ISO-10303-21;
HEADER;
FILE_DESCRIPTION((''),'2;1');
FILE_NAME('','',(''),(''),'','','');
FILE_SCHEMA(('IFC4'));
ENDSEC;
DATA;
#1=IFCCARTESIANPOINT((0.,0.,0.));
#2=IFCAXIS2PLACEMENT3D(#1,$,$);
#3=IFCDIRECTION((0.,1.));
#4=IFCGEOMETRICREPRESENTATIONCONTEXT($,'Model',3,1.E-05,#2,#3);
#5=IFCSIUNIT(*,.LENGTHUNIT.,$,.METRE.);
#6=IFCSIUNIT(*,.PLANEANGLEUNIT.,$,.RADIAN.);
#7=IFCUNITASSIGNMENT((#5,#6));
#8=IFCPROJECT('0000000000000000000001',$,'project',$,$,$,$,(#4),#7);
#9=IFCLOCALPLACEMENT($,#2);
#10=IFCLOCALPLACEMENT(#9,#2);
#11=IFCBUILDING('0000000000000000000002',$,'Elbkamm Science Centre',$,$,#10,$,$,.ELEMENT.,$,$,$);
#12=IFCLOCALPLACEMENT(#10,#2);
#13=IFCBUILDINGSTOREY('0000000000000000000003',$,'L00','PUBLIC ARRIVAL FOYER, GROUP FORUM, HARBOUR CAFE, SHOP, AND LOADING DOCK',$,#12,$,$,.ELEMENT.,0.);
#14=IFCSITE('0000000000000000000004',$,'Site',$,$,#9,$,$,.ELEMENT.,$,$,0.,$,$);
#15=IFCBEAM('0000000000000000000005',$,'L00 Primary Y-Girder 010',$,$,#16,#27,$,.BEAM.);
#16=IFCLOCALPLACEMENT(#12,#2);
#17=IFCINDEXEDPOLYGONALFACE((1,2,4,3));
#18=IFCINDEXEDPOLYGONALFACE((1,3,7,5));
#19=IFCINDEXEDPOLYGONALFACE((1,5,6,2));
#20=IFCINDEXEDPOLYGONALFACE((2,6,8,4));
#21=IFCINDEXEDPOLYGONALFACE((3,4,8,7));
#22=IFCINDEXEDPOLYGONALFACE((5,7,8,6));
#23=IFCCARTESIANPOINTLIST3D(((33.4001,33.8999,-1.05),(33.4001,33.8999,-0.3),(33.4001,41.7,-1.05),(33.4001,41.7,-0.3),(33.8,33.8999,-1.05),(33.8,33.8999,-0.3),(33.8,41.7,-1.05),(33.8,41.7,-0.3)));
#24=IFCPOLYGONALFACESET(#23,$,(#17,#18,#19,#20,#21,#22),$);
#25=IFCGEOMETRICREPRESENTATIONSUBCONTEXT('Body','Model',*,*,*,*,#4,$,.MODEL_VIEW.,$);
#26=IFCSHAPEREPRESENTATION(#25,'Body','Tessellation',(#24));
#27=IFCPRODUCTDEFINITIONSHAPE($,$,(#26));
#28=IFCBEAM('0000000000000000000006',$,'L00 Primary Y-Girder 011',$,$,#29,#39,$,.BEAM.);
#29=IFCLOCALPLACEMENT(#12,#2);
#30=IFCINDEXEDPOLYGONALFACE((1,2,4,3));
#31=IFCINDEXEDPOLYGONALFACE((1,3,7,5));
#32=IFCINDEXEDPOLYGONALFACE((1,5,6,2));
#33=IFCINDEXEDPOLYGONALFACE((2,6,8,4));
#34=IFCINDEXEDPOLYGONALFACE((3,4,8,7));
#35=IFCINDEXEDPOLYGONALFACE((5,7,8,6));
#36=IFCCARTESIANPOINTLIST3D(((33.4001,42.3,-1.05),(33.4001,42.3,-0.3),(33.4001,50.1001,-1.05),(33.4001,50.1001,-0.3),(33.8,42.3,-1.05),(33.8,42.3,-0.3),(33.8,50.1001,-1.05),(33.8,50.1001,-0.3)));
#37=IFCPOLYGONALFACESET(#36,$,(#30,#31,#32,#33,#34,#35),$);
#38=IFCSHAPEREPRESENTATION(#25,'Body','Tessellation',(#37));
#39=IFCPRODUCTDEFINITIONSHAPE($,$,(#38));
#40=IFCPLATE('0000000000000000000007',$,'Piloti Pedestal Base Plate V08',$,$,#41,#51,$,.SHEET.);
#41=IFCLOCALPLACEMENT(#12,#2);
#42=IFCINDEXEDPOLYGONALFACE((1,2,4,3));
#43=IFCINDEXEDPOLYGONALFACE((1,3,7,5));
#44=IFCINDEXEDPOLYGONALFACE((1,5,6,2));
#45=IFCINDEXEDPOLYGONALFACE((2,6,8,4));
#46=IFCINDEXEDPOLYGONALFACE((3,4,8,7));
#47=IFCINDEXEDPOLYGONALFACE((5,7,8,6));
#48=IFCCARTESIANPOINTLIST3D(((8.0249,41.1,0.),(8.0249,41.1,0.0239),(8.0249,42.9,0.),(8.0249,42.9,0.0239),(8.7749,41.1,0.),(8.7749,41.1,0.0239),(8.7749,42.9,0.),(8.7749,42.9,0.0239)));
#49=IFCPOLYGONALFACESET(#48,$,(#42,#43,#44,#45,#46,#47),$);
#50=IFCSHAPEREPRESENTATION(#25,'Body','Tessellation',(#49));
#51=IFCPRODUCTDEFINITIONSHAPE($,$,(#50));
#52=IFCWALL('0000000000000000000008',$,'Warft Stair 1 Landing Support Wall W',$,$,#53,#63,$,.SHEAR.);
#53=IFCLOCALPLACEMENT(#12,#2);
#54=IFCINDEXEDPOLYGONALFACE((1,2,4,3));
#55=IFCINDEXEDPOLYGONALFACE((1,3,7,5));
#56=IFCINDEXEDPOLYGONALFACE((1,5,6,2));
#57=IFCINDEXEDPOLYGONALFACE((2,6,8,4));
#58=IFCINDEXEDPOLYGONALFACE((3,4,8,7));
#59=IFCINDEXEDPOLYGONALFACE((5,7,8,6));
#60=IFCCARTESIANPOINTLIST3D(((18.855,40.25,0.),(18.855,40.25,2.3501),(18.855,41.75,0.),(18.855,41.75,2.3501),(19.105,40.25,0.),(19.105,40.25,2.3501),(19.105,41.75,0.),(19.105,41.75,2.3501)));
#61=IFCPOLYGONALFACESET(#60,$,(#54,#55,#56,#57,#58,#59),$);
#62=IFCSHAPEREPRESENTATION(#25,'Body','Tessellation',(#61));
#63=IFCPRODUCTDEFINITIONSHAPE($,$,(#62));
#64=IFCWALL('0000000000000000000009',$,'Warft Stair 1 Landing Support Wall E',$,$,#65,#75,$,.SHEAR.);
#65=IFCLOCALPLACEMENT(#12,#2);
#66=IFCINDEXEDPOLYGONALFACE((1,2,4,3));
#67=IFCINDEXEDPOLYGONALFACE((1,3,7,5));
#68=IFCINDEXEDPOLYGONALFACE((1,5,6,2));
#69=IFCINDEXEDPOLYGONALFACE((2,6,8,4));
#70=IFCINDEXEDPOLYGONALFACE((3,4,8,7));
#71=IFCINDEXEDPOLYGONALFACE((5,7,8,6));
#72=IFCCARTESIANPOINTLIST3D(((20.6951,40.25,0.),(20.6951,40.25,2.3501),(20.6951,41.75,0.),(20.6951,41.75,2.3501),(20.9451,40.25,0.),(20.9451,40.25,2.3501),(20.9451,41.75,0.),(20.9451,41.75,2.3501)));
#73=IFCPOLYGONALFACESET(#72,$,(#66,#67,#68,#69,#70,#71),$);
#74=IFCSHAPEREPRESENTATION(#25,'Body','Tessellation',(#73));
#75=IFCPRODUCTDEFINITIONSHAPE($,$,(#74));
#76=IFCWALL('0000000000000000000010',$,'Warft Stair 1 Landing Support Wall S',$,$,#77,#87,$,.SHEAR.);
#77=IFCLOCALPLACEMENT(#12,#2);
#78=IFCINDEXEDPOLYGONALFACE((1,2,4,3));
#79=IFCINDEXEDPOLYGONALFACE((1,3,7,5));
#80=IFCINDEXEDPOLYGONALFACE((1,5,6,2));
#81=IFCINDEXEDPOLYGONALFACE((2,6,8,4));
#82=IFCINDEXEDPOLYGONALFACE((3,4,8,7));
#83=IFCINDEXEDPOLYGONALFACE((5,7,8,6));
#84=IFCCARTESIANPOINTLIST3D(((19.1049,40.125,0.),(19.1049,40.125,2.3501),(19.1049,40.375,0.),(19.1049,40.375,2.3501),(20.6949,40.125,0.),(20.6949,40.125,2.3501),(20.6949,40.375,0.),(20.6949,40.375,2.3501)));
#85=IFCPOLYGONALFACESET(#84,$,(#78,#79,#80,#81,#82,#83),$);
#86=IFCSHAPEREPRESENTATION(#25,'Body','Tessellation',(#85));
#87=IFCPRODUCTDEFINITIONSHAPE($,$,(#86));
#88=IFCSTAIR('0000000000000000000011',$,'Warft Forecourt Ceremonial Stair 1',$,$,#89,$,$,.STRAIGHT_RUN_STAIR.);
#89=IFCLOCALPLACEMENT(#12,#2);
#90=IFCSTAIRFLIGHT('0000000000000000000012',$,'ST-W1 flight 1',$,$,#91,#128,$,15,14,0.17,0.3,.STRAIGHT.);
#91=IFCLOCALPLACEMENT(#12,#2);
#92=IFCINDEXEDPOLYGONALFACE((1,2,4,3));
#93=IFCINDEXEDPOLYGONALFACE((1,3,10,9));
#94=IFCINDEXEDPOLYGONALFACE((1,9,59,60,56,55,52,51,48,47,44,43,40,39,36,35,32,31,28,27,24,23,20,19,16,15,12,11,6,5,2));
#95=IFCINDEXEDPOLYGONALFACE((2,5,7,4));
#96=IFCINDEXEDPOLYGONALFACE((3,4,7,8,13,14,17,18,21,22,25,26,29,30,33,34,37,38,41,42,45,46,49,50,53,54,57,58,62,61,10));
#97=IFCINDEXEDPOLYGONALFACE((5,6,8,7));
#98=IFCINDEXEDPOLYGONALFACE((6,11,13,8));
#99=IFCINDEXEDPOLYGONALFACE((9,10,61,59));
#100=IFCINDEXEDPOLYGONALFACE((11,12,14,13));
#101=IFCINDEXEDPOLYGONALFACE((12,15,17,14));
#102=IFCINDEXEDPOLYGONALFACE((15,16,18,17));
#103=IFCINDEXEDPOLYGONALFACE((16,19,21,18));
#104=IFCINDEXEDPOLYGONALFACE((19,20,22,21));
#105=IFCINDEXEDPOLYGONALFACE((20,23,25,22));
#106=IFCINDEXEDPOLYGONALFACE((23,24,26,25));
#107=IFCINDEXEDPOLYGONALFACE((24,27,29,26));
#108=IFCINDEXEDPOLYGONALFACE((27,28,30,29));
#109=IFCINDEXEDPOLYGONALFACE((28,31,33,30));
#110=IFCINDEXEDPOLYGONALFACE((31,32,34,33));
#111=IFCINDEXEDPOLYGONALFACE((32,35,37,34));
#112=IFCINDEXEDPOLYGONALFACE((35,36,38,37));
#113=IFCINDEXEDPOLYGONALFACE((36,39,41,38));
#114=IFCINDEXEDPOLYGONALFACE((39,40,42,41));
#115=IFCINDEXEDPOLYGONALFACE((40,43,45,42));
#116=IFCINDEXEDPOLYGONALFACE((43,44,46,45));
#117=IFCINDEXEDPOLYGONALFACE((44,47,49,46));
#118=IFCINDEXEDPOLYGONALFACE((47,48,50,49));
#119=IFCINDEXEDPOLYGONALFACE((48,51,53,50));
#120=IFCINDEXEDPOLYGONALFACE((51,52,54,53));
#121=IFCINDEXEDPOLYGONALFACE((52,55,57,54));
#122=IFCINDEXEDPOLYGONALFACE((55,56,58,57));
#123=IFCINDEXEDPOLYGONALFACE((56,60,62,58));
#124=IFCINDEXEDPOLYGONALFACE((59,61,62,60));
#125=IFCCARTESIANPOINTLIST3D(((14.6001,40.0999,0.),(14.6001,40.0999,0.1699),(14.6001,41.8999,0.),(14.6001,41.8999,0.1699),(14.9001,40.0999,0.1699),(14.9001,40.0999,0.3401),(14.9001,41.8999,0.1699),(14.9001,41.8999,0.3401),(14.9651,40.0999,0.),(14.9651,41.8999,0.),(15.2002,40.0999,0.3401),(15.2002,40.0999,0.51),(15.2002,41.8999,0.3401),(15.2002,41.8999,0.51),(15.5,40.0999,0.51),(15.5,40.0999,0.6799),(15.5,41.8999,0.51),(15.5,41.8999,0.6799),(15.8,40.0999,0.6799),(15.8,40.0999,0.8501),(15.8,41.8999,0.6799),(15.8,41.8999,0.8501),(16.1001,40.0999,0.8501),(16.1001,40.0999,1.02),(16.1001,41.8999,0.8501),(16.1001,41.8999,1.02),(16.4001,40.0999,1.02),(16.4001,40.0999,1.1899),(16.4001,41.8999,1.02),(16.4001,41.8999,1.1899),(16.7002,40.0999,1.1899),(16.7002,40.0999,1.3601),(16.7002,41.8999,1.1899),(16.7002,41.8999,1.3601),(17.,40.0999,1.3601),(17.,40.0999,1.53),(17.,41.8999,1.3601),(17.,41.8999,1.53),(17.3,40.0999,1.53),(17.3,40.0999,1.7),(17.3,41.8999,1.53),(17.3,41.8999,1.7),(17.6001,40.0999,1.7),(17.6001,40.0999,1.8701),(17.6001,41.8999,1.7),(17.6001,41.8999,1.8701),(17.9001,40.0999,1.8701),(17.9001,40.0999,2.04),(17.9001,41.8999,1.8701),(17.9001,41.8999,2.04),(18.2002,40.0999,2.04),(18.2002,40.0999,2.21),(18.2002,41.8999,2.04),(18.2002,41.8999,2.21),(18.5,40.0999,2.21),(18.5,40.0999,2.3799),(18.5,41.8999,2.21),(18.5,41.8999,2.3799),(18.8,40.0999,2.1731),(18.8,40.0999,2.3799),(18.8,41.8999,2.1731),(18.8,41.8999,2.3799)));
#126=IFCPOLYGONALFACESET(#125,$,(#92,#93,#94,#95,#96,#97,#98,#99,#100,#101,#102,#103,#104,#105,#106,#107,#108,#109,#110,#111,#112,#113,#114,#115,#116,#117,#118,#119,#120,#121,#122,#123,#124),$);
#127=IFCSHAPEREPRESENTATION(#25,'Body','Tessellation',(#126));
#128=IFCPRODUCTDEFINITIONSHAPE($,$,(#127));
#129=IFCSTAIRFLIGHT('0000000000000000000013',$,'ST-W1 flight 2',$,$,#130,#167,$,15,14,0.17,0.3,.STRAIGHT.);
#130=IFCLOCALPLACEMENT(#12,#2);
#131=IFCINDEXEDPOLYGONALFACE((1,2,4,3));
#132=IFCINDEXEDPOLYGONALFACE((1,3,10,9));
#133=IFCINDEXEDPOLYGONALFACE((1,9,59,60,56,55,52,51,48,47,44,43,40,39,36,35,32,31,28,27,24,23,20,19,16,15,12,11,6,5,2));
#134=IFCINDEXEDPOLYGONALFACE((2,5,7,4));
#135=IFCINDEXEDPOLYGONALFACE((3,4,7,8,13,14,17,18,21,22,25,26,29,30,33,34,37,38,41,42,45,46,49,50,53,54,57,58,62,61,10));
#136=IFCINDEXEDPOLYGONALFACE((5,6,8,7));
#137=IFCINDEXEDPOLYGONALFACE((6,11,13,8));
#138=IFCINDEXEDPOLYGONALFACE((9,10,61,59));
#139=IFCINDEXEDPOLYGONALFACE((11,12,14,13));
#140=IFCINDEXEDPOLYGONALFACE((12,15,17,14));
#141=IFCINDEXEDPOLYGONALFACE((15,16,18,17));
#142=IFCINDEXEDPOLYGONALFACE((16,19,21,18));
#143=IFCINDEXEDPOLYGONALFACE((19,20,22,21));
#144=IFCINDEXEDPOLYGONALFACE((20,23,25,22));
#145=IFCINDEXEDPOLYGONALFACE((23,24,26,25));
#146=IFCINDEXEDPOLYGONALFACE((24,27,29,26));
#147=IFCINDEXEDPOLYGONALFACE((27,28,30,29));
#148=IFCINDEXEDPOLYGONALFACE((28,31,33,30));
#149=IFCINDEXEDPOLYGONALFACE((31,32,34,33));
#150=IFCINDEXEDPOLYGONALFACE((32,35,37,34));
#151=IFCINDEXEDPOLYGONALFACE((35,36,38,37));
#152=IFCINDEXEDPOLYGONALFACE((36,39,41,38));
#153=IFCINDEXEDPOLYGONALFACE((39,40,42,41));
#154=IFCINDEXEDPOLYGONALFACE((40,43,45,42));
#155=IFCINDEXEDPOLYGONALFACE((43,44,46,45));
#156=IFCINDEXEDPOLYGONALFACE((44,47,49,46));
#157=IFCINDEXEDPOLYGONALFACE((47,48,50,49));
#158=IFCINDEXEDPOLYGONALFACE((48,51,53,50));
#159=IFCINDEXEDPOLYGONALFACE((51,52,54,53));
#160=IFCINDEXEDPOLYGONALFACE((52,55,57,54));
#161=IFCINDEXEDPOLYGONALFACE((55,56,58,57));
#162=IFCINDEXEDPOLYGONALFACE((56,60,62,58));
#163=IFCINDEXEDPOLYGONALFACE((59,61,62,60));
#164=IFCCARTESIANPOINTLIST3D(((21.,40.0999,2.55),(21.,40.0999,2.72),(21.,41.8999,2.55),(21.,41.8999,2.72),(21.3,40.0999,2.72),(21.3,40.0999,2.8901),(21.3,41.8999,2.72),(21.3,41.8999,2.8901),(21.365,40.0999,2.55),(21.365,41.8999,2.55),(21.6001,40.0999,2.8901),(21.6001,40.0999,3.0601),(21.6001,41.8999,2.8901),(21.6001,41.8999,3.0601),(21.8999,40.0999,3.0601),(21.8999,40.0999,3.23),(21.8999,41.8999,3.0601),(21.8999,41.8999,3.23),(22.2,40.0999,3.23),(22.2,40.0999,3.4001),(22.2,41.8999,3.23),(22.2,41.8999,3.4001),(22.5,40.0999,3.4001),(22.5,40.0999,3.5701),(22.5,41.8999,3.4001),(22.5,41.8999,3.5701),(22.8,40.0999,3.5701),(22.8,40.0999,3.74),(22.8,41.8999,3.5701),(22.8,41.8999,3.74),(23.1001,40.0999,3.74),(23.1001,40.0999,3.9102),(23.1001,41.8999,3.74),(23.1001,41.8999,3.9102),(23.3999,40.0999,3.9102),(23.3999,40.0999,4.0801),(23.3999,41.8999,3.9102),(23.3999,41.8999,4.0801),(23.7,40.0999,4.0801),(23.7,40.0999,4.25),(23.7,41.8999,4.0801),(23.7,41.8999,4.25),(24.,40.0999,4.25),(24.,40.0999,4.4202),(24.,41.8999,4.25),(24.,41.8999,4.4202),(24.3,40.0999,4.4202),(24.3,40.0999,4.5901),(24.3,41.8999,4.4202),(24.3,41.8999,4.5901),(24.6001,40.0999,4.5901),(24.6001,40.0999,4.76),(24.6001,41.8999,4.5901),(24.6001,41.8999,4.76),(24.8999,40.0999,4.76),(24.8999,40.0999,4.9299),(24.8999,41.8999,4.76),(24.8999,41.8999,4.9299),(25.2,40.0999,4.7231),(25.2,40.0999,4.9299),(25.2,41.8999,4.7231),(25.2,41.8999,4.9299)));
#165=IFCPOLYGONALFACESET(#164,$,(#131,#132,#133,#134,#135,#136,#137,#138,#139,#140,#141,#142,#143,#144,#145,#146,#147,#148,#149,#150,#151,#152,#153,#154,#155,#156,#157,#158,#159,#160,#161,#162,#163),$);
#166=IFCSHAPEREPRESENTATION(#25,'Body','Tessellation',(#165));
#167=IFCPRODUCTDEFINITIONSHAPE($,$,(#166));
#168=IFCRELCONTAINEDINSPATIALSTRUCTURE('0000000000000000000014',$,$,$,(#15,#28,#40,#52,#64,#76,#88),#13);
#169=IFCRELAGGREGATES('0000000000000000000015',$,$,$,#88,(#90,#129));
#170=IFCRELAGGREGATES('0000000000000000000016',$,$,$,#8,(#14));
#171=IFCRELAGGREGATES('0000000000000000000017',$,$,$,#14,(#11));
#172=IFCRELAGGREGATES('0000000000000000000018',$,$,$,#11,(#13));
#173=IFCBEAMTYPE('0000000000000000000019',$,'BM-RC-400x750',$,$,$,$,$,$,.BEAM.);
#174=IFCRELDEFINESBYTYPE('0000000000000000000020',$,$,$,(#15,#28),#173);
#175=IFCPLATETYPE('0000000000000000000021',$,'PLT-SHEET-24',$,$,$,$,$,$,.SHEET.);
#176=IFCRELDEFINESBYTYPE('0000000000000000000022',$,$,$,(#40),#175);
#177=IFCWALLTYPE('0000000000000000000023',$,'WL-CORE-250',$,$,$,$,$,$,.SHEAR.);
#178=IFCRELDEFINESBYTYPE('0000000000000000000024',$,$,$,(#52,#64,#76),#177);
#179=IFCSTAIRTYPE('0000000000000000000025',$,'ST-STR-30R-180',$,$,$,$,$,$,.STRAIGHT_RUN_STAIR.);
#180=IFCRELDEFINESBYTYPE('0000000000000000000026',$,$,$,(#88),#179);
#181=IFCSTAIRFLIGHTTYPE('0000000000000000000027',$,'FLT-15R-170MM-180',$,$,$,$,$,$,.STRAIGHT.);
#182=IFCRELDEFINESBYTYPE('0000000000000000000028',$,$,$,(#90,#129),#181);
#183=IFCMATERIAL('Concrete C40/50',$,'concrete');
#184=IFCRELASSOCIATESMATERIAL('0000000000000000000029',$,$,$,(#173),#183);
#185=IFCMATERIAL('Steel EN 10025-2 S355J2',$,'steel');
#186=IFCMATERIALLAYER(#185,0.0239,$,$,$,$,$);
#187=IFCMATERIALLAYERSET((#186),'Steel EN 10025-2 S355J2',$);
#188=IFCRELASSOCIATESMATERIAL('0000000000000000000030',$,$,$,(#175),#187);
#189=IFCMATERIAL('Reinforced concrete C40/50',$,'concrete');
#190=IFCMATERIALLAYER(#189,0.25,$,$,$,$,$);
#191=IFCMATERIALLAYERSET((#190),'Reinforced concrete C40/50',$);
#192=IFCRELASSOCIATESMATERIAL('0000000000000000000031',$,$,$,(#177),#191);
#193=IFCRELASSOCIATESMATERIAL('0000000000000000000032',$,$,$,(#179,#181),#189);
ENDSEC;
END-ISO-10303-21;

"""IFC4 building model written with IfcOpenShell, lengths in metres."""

from ifc_helpers import new_model, si_unit, direction, frame, frame_2d, origin, origin_2d, place, context, subcontext, project, spatial, polyline, rectangle, outline, extrude, material, layer, layer_set, material_profile, profile_set, type_object, element, aggregate, save


model = new_model("IFC4")

# Units and contexts
model_context = context("Model", 3, precision=1e-05, world=origin(), true_north=direction((0.0, 1.0)))
body_context = subcontext(model_context, "Body", "Model", "MODEL_VIEW")
ifc_project = project(units=[si_unit("LENGTHUNIT", "METRE"), si_unit("PLANEANGLEUNIT", "RADIAN")], contexts=[model_context])

# Site, building, storey
site_placement = place(None, origin())
site = spatial("IfcSite", under=ifc_project, at=site_placement, Name="Site", CompositionType="ELEMENT", RefElevation=0.0)
building_placement = place(site_placement, origin())
building = spatial("IfcBuilding", under=site, at=building_placement, Name="Elbkamm Science Centre", CompositionType="ELEMENT")
storey_placement = place(building_placement, origin())
storey = spatial("IfcBuildingStorey", under=building, at=storey_placement, Name="L00", Description="PUBLIC ARRIVAL FOYER, GROUP FORUM, HARBOUR CAFE, SHOP, AND LOADING DOCK", CompositionType="ELEMENT", Elevation=0.0)

# Shared definitions
ifc_material_1 = material(Name="Concrete C40/50", Category="concrete")

# Beams
ifc_material_profile_1 = material_profile(ifc_material_1, rectangle(XDim=0.3999, YDim=0.75, at=origin_2d()), Name="RC 400x750")
ifc_profile_set_1 = profile_set([ifc_material_profile_1], Name="Concrete C40/50")
beam_type_1 = type_object("IfcBeamType", Name="BM-RC-400x750", PredefinedType="BEAM", material=ifc_profile_set_1)
for number, where, z_axis, x_axis, name in (
    (1, (33.6001, 33.8999, -0.675), (0.0, 1.0, 0.0), (-1.0, 0.0, 0.0), "L00 Primary Y-Girder 010"),
    (2, (33.6001, 42.3, -0.675), (0.0, 1.0, 0.0), (-1.0, 0.0, 0.0), "L00 Primary Y-Girder 011"),
):
    element("IfcBeam", number, at=place(storey_placement, frame(where, z_axis=z_axis, x_axis=x_axis)), inside=storey, type_object=beam_type_1, Name=name, PredefinedType="BEAM", context=body_context, shape_type="SweptSolid", body=[
        extrude(rectangle(XDim=0.3999, YDim=0.75, at=origin_2d()), origin(), (0.0, 0.0, 1.0), 7.8),
    ])

# Plate
ifc_material_2 = material(Name="Steel EN 10025-2 S355J2", Category="steel")
ifc_layer_1 = layer(ifc_material_2, 0.0239)
ifc_layer_set_1 = layer_set([ifc_layer_1], Name="Steel EN 10025-2 S355J2")
plate_type = type_object("IfcPlateType", Name="PLT-SHEET-24", PredefinedType="SHEET", material=ifc_layer_set_1)
plate_placement = place(storey_placement, frame((8.3999, 42.0, 0.0), z_axis=(0.0, 0.0, 1.0), x_axis=(0.0, 1.0, 0.0)))
element("IfcPlate", 3, at=plate_placement, inside=storey, type_object=plate_type, Name="Piloti Pedestal Base Plate V08", PredefinedType="SHEET", context=body_context, shape_type="SweptSolid", body=[
    extrude(rectangle(XDim=1.8, YDim=0.75, at=origin_2d()), origin(), (0.0, 0.0, 1.0), 0.0239),
])

# Walls
ifc_material_3 = material(Name="Reinforced concrete C40/50", Category="concrete")
ifc_layer_2 = layer(ifc_material_3, 0.25)
ifc_layer_set_2 = layer_set([ifc_layer_2], Name="Reinforced concrete C40/50")
wall_type = type_object("IfcWallType", Name="WL-CORE-250", PredefinedType="SHEAR", material=ifc_layer_set_2)
for number, where, z_axis, x_axis, name in (
    (4, (18.98, 40.25, 0.0), (0.0, 0.0, 1.0), (0.0, 1.0, 0.0), "Warft Stair 1 Landing Support Wall W"),
    (5, (20.8201, 40.25, 0.0), (0.0, 0.0, 1.0), (0.0, 1.0, 0.0), "Warft Stair 1 Landing Support Wall E"),
):
    element("IfcWall", number, at=place(storey_placement, frame(where, z_axis=z_axis, x_axis=x_axis)), inside=storey, type_object=wall_type, Name=name, PredefinedType="SHEAR", context=body_context, shape_type="SweptSolid", body=[
        extrude(rectangle(XDim=1.5, YDim=0.25, at=frame_2d((0.75, 0.0))), origin(), (0.0, 0.0, 1.0), 2.3501),
    ])
wall_placement = place(storey_placement, frame((19.105, 40.25, 0.0), z_axis=(0.0, 0.0, 1.0), x_axis=(1.0, 0.0, 0.0)))
element("IfcWall", 6, at=wall_placement, inside=storey, type_object=wall_type, Name="Warft Stair 1 Landing Support Wall S", PredefinedType="SHEAR", context=body_context, shape_type="SweptSolid", body=[
    extrude(rectangle(XDim=1.5901, YDim=0.25, at=frame_2d((0.7949, 0.0))), origin(), (0.0, 0.0, 1.0), 2.3501),
])

# Stair, stair flights
stair_type = type_object("IfcStairType", Name="ST-STR-30R-180", PredefinedType="STRAIGHT_RUN_STAIR", material=ifc_material_3)
stair_placement = place(storey_placement, origin())
stair = element("IfcStair", 7, at=stair_placement, inside=storey, type_object=stair_type, Name="Warft Forecourt Ceremonial Stair 1", PredefinedType="STRAIGHT_RUN_STAIR")
stair_flight_type = type_object("IfcStairFlightType", Name="FLT-15R-170MM-180", PredefinedType="STRAIGHT", material=ifc_material_3)
stair_flight_1_placement = place(storey_placement, frame((14.6001, 41.0, 0.0), z_axis=(0.0, 0.0, 1.0), x_axis=(1.0, 0.0, 0.0)))
stair_flight_1 = element("IfcStairFlight", 8, at=stair_flight_1_placement, type_object=stair_flight_type, Name="ST-W1 flight 1", NumberOfRisers=15, NumberOfTreads=14, PredefinedType="STRAIGHT", RiserHeight=0.17, TreadLength=0.3, context=body_context, shape_type="SweptSolid", body=[
    extrude(outline(polyline([(0.0, 0.0), (0.0, 0.1699), (0.3, 0.1699), (0.3, 0.3401), (0.6001, 0.3401), (0.6001, 0.51), (0.8999, 0.51), (0.8999, 0.6799), (1.2, 0.6799), (1.2, 0.8501), (1.5, 0.8501), (1.5, 1.02), (1.8, 1.02), (1.8, 1.1899), (2.1001, 1.1899), (2.1001, 1.3601), (2.3999, 1.3601), (2.3999, 1.53), (2.7, 1.53), (2.7, 1.7), (3.0, 1.7), (3.0, 1.8701), (3.3, 1.8701), (3.3, 2.04), (3.6001, 2.04), (3.6001, 2.21), (3.8999, 2.21), (3.8999, 2.3799), (4.2, 2.3799), (4.2, 2.55), (4.2, 2.1731), (0.365, 0.0), (0.0, 0.0)])), frame((0.0, 0.8999, 0.0), z_axis=(0.0, -1.0, 0.0), x_axis=(1.0, 0.0, 0.0)), (0.0, 0.0, 1.0), 1.8),
])
stair_flight_2_placement = place(storey_placement, frame((21.0, 41.0, 2.55), z_axis=(0.0, 0.0, 1.0), x_axis=(1.0, 0.0, 0.0)))
stair_flight_2 = element("IfcStairFlight", 9, at=stair_flight_2_placement, type_object=stair_flight_type, Name="ST-W1 flight 2", NumberOfRisers=15, NumberOfTreads=14, PredefinedType="STRAIGHT", RiserHeight=0.17, TreadLength=0.3, context=body_context, shape_type="SweptSolid", body=[
    extrude(outline(polyline([(0.0, 0.0), (0.0, 0.1699), (0.3, 0.1699), (0.3, 0.3401), (0.6001, 0.3401), (0.6001, 0.51), (0.8999, 0.51), (0.8999, 0.6799), (1.2, 0.6799), (1.2, 0.8501), (1.5, 0.8501), (1.5, 1.02), (1.8, 1.02), (1.8, 1.1899), (2.1001, 1.1899), (2.1001, 1.3601), (2.3999, 1.3601), (2.3999, 1.53), (2.7, 1.53), (2.7, 1.7), (3.0, 1.7), (3.0, 1.8701), (3.3, 1.8701), (3.3, 2.04), (3.6001, 2.04), (3.6001, 2.21), (3.8999, 2.21), (3.8999, 2.3799), (4.2, 2.3799), (4.2, 2.55), (4.2, 2.1731), (0.365, 0.0), (0.0, 0.0)])), frame((0.0, 0.8999, 0.0), z_axis=(0.0, -1.0, 0.0), x_axis=(1.0, 0.0, 0.0)), (0.0, 0.0, 1.0), 1.8),
])
aggregate(stair, [stair_flight_1, stair_flight_2])

save(model, "model.ifc")
